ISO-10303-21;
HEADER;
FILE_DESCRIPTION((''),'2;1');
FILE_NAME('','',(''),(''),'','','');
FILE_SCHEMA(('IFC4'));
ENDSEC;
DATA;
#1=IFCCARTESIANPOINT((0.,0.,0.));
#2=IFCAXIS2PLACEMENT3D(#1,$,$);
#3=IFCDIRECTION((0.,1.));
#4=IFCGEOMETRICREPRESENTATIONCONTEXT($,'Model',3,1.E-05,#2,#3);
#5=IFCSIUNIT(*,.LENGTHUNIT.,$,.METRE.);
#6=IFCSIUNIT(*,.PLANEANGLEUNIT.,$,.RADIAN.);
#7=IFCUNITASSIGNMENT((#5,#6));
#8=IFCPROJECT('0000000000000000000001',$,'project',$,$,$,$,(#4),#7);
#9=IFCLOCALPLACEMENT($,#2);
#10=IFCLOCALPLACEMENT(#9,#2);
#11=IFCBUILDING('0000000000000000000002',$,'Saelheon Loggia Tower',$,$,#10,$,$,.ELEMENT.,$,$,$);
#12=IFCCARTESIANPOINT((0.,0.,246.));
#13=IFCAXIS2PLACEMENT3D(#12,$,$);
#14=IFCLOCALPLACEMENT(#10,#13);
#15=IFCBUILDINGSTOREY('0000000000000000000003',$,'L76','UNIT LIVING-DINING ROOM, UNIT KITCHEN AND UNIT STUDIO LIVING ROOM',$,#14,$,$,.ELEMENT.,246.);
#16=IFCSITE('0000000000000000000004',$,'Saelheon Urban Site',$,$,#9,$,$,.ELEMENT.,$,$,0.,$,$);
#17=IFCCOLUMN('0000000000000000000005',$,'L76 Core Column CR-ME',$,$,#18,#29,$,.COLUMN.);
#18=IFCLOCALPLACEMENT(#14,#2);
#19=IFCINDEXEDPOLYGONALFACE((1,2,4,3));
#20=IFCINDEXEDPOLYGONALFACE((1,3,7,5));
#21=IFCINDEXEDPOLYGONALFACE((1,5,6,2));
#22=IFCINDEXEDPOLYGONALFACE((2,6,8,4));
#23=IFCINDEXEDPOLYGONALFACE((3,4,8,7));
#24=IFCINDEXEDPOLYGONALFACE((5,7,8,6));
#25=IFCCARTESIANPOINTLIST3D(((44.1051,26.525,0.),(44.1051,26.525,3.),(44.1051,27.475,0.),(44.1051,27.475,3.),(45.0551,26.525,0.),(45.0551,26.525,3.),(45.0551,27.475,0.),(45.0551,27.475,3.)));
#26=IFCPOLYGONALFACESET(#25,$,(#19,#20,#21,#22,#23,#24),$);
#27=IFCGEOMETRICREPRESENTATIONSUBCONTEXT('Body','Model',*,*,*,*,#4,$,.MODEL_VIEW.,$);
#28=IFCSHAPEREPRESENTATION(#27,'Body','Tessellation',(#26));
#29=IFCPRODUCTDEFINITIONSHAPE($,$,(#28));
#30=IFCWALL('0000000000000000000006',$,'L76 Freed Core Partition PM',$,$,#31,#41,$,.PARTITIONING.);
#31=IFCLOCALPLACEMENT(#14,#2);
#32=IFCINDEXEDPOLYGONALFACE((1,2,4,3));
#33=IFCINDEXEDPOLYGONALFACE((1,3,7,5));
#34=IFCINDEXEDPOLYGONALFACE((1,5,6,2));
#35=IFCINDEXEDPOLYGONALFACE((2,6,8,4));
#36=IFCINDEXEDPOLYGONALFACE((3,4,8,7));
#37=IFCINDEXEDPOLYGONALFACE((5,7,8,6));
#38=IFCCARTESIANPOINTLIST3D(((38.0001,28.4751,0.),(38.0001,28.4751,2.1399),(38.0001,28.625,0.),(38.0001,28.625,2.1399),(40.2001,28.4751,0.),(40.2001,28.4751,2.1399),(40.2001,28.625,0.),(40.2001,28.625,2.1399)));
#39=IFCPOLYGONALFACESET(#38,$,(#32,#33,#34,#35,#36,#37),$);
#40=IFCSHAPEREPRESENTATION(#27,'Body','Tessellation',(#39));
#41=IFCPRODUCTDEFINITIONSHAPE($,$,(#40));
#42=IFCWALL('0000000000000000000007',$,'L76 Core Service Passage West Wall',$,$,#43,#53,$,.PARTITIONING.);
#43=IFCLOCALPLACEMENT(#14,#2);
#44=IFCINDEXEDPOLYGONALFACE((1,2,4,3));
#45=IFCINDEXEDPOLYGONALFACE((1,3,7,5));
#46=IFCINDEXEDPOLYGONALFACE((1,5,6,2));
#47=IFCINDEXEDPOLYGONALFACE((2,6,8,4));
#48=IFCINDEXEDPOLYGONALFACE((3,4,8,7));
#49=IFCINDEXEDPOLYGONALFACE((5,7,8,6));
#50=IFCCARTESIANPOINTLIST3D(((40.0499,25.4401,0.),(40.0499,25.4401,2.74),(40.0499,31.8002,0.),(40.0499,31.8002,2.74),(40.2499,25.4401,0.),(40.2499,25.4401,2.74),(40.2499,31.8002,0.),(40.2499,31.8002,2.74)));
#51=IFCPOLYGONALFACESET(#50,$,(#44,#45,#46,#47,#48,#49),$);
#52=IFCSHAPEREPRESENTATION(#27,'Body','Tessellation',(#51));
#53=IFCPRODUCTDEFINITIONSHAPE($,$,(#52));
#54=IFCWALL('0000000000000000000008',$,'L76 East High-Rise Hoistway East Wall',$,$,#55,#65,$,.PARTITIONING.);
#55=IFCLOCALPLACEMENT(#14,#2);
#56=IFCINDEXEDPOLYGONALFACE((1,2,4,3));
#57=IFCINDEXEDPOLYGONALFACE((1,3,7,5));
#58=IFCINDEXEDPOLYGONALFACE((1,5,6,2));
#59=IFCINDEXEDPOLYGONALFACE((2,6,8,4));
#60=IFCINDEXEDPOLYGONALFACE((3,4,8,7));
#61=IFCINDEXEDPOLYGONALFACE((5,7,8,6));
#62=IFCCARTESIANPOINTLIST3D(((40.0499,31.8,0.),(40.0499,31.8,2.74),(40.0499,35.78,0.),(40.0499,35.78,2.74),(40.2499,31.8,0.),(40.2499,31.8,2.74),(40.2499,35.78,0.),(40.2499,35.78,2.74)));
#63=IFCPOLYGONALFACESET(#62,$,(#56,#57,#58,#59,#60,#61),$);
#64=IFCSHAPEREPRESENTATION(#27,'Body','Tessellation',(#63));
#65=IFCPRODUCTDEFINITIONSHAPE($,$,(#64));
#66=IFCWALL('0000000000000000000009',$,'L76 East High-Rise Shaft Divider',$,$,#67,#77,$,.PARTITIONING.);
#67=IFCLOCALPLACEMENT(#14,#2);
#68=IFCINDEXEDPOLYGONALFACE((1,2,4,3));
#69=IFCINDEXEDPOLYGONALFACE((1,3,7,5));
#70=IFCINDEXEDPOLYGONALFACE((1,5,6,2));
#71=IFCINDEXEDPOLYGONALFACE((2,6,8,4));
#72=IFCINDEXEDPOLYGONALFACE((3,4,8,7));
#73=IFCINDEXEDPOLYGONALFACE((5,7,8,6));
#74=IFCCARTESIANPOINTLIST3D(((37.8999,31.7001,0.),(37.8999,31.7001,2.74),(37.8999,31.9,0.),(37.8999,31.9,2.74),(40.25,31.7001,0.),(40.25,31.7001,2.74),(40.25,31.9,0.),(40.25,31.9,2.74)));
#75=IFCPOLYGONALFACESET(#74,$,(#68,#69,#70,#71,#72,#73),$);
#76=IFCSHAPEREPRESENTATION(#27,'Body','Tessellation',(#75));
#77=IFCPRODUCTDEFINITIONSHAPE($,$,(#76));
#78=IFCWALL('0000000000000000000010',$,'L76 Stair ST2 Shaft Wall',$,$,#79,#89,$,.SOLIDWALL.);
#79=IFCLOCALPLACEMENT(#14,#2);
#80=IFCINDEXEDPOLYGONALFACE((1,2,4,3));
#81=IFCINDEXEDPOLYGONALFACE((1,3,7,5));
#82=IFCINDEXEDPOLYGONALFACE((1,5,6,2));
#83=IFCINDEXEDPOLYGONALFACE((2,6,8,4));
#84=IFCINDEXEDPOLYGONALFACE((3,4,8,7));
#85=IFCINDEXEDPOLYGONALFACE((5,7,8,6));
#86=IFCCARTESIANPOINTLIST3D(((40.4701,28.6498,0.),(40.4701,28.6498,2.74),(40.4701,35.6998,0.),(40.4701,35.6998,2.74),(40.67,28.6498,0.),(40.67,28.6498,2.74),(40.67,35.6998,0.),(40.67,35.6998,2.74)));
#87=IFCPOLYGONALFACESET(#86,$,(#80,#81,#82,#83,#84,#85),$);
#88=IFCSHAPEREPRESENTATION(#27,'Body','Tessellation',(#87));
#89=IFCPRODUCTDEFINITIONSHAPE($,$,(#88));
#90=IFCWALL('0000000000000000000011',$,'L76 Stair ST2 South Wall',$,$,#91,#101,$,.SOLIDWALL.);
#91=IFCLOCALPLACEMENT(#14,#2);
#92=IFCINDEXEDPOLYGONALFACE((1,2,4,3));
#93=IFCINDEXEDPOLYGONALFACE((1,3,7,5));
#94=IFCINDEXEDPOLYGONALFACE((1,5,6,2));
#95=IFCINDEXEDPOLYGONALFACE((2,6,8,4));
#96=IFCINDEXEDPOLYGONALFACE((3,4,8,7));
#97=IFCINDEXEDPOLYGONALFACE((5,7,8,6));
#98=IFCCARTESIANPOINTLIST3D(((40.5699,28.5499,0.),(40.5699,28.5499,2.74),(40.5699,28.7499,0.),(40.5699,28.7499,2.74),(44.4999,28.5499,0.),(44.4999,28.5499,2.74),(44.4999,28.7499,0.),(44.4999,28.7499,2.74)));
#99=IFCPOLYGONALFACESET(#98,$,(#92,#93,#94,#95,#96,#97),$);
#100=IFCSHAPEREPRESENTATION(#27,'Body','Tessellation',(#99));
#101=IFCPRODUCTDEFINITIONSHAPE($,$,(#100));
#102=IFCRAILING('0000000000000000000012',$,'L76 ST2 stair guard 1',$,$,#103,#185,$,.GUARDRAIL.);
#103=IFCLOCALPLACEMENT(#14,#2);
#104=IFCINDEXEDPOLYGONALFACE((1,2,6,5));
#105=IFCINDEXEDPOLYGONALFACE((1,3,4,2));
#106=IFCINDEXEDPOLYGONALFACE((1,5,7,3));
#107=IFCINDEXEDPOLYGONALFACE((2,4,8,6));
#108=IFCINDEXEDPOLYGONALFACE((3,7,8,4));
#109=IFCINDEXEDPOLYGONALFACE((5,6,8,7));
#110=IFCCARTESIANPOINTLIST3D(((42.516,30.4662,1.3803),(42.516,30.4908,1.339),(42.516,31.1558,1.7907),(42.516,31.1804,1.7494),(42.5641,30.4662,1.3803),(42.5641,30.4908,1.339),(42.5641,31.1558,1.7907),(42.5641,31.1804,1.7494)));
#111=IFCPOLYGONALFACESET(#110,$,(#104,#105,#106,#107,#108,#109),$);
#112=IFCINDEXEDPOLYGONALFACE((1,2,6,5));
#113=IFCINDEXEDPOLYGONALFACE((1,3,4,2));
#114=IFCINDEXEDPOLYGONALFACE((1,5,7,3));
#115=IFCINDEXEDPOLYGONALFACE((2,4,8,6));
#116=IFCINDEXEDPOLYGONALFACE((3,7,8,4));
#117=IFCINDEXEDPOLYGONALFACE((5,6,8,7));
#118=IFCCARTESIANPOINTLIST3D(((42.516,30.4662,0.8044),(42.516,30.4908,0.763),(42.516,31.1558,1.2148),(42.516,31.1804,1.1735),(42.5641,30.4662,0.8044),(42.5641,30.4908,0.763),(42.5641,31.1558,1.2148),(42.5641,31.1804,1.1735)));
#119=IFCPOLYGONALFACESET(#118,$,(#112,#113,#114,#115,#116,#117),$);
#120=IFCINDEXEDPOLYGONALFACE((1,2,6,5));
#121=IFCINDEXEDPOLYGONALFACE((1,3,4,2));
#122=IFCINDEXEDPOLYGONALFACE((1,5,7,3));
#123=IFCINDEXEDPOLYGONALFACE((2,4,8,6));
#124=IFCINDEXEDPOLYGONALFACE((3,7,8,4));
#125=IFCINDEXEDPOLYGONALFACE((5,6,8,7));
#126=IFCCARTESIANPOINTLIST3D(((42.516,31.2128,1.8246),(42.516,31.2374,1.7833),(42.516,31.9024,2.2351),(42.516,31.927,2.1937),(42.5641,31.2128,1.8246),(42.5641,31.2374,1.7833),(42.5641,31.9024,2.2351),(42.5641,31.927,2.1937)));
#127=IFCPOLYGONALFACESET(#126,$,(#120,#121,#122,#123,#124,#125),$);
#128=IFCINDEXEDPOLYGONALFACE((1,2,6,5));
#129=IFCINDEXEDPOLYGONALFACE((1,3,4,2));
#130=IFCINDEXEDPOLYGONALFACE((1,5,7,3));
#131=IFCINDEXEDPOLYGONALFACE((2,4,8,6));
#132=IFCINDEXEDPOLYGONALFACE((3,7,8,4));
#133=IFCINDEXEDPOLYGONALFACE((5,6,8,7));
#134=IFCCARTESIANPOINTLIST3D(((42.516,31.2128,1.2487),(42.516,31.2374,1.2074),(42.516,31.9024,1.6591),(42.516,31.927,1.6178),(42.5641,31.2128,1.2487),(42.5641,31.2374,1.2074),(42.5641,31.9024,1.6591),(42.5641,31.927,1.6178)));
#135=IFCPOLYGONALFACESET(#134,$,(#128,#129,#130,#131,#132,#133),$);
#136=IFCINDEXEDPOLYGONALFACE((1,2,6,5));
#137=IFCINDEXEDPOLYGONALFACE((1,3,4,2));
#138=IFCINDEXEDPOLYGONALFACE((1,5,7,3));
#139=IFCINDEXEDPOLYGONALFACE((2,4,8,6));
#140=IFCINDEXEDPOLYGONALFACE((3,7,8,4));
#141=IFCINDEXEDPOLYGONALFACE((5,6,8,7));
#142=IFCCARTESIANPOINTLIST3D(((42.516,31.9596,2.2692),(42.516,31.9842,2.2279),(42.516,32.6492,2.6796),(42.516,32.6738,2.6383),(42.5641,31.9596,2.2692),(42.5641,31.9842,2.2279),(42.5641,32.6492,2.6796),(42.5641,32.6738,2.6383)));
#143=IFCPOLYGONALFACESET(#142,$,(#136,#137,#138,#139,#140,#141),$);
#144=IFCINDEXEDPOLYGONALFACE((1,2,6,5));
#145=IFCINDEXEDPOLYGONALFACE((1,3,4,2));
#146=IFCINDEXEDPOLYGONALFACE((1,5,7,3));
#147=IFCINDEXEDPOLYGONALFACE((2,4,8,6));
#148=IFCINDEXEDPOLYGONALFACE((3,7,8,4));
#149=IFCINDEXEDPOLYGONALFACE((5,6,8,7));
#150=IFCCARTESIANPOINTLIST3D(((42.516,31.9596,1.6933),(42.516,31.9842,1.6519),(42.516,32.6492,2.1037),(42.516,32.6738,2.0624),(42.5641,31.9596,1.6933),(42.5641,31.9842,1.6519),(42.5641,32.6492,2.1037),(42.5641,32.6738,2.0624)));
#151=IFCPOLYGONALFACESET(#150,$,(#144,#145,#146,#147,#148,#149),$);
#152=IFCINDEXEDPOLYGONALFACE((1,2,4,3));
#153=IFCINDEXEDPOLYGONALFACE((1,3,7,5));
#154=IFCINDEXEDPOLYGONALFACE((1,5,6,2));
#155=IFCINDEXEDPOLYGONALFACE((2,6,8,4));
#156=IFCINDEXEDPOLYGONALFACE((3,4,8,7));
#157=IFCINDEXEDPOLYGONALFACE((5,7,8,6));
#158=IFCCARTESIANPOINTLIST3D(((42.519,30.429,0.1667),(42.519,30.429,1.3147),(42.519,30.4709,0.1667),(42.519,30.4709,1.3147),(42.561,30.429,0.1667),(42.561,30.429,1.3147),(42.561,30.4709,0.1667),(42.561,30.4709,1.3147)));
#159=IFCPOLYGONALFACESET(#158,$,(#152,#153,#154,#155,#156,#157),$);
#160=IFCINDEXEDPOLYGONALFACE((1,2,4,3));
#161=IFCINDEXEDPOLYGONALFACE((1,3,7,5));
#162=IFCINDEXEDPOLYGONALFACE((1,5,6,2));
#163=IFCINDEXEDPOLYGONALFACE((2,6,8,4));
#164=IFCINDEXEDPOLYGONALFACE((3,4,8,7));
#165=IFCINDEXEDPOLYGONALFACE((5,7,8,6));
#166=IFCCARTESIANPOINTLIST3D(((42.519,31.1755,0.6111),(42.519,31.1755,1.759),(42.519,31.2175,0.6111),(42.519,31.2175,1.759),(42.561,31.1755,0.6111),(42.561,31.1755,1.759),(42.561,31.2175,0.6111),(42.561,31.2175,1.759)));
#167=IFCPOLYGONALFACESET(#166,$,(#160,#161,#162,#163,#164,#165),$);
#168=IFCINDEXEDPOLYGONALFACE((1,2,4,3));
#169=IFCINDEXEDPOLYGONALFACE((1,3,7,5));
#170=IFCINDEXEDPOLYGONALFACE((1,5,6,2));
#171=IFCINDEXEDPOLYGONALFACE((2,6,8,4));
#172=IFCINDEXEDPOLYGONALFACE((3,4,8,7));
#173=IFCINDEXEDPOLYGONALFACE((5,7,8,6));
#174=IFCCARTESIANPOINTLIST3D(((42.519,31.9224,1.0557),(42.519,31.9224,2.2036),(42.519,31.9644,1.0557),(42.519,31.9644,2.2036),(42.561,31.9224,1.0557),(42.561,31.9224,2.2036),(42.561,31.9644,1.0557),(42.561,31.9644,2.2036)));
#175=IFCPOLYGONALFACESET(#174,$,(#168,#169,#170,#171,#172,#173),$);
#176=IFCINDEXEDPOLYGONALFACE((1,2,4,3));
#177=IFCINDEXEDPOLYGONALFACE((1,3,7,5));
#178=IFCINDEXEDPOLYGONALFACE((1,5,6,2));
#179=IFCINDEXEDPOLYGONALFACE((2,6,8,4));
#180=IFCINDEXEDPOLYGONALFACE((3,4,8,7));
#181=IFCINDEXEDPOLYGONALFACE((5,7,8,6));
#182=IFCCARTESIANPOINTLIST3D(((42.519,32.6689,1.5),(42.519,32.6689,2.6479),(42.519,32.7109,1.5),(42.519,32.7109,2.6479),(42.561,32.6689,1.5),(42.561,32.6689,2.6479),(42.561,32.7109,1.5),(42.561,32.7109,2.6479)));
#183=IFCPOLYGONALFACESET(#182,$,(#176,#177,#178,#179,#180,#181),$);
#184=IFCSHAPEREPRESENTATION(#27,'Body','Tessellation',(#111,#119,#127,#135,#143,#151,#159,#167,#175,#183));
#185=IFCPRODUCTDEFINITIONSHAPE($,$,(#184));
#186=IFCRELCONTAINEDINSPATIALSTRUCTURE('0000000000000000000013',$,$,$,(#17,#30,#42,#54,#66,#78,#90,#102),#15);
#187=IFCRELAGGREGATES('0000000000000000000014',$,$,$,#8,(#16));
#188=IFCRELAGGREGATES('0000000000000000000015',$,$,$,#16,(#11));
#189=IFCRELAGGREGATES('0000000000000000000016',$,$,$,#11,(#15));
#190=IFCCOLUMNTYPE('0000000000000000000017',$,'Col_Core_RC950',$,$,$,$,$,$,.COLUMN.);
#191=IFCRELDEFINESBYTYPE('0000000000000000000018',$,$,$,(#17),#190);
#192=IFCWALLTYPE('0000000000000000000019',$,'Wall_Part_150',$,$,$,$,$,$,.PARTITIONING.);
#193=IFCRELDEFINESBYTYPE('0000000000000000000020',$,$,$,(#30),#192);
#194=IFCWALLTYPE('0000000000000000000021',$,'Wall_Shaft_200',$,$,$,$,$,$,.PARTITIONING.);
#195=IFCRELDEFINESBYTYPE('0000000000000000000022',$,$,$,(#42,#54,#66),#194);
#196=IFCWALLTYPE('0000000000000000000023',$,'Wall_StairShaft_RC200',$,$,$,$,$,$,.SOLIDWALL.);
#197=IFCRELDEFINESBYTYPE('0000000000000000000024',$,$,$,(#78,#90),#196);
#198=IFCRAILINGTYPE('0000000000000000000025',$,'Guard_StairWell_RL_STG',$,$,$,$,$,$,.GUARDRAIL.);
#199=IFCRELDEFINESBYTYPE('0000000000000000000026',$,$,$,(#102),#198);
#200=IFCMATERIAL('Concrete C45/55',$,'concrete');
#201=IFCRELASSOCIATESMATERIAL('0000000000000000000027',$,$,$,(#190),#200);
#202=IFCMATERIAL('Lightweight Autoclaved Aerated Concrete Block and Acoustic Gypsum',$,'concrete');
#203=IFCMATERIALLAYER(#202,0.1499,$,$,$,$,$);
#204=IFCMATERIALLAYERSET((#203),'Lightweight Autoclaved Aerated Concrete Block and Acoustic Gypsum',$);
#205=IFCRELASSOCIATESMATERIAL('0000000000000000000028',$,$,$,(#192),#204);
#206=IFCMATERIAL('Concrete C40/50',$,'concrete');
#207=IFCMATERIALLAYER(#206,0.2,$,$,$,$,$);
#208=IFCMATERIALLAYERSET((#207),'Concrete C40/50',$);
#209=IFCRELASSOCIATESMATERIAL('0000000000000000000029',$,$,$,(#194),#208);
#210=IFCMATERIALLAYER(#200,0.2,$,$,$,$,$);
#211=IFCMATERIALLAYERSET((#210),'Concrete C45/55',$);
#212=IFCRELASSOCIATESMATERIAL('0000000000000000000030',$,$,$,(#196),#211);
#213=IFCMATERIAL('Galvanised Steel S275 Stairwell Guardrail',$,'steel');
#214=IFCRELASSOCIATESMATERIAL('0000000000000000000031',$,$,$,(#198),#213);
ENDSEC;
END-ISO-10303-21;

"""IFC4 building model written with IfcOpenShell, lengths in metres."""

from ifc_helpers import new_model, si_unit, direction, frame, frame_2d, origin, origin_2d, place, context, subcontext, project, spatial, rectangle, extrude, source, transform, mapped, material, layer, layer_set, material_profile, profile_set, type_object, element, save


model = new_model("IFC4")

# Units and contexts
model_context = context("Model", 3, precision=1e-05, world=origin(), true_north=direction((0.0, 1.0)))
body_context = subcontext(model_context, "Body", "Model", "MODEL_VIEW")
ifc_project = project(units=[si_unit("LENGTHUNIT", "METRE"), si_unit("PLANEANGLEUNIT", "RADIAN")], contexts=[model_context])

# Site, building, storey
site_placement = place(None, origin())
site = spatial("IfcSite", under=ifc_project, at=site_placement, Name="Saelheon Urban Site", CompositionType="ELEMENT", RefElevation=0.0)
building_placement = place(site_placement, origin())
building = spatial("IfcBuilding", under=site, at=building_placement, Name="Saelheon Loggia Tower", CompositionType="ELEMENT")
storey_placement = place(building_placement, frame((0.0, 0.0, 246.0)))
storey = spatial("IfcBuildingStorey", under=building, at=storey_placement, Name="L76", Description="UNIT LIVING-DINING ROOM, UNIT KITCHEN AND UNIT STUDIO LIVING ROOM", CompositionType="ELEMENT", Elevation=246.0)

# Column
ifc_material_1 = material(Name="Concrete C45/55", Category="concrete")
ifc_material_profile = material_profile(ifc_material_1, rectangle(XDim=0.95, YDim=0.95, at=origin_2d()), Name="RC-950x950")
ifc_profile_set = profile_set([ifc_material_profile], Name="Concrete C45/55")
column_type = type_object("IfcColumnType", Name="Col_Core_RC950", PredefinedType="COLUMN", material=ifc_profile_set)
shared_shape_1 = source(origin(), body_context, "Body", "SweptSolid", [
    extrude(rectangle(XDim=0.95, YDim=0.95, at=origin_2d()), origin(), (0.0, 0.0, 1.0), 3.0),
])
column_placement = place(storey_placement, frame((44.5801, 27.0, 0.0), z_axis=(0.0, 0.0, 1.0), x_axis=(1.0, 0.0, 0.0)))
element("IfcColumn", 1, at=column_placement, inside=storey, type_object=column_type, Name="L76 Core Column CR-ME", PredefinedType="COLUMN", context=body_context, shape_type="MappedRepresentation", body=[
    mapped(shared_shape_1, transform((0.0, 0.0, 0.0), scale=1.0)),
])

# Walls
ifc_material_2 = material(Name="Lightweight Autoclaved Aerated Concrete Block and Acoustic Gypsum", Category="concrete")
ifc_layer_1 = layer(ifc_material_2, 0.1499)
ifc_layer_set_1 = layer_set([ifc_layer_1], Name="Lightweight Autoclaved Aerated Concrete Block and Acoustic Gypsum")
wall_type_1 = type_object("IfcWallType", Name="Wall_Part_150", PredefinedType="PARTITIONING", material=ifc_layer_set_1)
wall_1_placement = place(storey_placement, frame((38.0, 28.55, 0.0), z_axis=(0.0, 0.0, 1.0), x_axis=(1.0, 0.0, 0.0)))
element("IfcWall", 2, at=wall_1_placement, inside=storey, type_object=wall_type_1, Name="L76 Freed Core Partition PM", PredefinedType="PARTITIONING", context=body_context, shape_type="SweptSolid", body=[
    extrude(rectangle(XDim=2.2, YDim=0.1499, at=frame_2d((1.1001, 0.0))), origin(), (0.0, 0.0, 1.0), 2.1399),
])
ifc_material_3 = material(Name="Concrete C40/50", Category="concrete")
ifc_layer_2 = layer(ifc_material_3, 0.2)
ifc_layer_set_2 = layer_set([ifc_layer_2], Name="Concrete C40/50")
wall_type_2 = type_object("IfcWallType", Name="Wall_Shaft_200", PredefinedType="PARTITIONING", material=ifc_layer_set_2)
wall_2_placement = place(storey_placement, frame((40.1499, 25.4399, 0.0), z_axis=(0.0, 0.0, 1.0), x_axis=(0.0, 1.0, 0.0)))
element("IfcWall", 3, at=wall_2_placement, inside=storey, type_object=wall_type_2, Name="L76 Core Service Passage West Wall", PredefinedType="PARTITIONING", context=body_context, shape_type="SweptSolid", body=[
    extrude(rectangle(XDim=6.3601, YDim=0.2, at=frame_2d((3.1802, 0.0))), origin(), (0.0, 0.0, 1.0), 2.74),
])
wall_3_placement = place(storey_placement, frame((40.1499, 31.8, 0.0), z_axis=(0.0, 0.0, 1.0), x_axis=(0.0, 1.0, 0.0)))
element("IfcWall", 4, at=wall_3_placement, inside=storey, type_object=wall_type_2, Name="L76 East High-Rise Hoistway East Wall", PredefinedType="PARTITIONING", context=body_context, shape_type="SweptSolid", body=[
    extrude(rectangle(XDim=3.98, YDim=0.2, at=frame_2d((1.99, 0.0))), origin(), (0.0, 0.0, 1.0), 2.74),
])

# Walls
wall_4_placement = place(storey_placement, frame((37.8999, 31.8, 0.0), z_axis=(0.0, 0.0, 1.0), x_axis=(1.0, 0.0, 0.0)))
element("IfcWall", 5, at=wall_4_placement, inside=storey, type_object=wall_type_2, Name="L76 East High-Rise Shaft Divider", PredefinedType="PARTITIONING", context=body_context, shape_type="SweptSolid", body=[
    extrude(rectangle(XDim=2.3501, YDim=0.2, at=frame_2d((1.175, 0.0))), origin(), (0.0, 0.0, 1.0), 2.74),
])
ifc_layer_3 = layer(ifc_material_1, 0.2)
ifc_layer_set_3 = layer_set([ifc_layer_3], Name="Concrete C45/55")
wall_type_3 = type_object("IfcWallType", Name="Wall_StairShaft_RC200", PredefinedType="SOLIDWALL", material=ifc_layer_set_3)
wall_5_placement = place(storey_placement, frame((40.5701, 28.6499, 0.0), z_axis=(0.0, 0.0, 1.0), x_axis=(0.0, 1.0, 0.0)))
element("IfcWall", 6, at=wall_5_placement, inside=storey, type_object=wall_type_3, Name="L76 Stair ST2 Shaft Wall", PredefinedType="SOLIDWALL", context=body_context, shape_type="SweptSolid", body=[
    extrude(rectangle(XDim=7.05, YDim=0.2, at=frame_2d((3.5249, 0.0))), origin(), (0.0, 0.0, 1.0), 2.74),
])
wall_6_placement = place(storey_placement, frame((40.5701, 28.6499, 0.0), z_axis=(0.0, 0.0, 1.0), x_axis=(1.0, 0.0, 0.0)))
element("IfcWall", 7, at=wall_6_placement, inside=storey, type_object=wall_type_3, Name="L76 Stair ST2 South Wall", PredefinedType="SOLIDWALL", context=body_context, shape_type="SweptSolid", body=[
    extrude(rectangle(XDim=3.9299, YDim=0.2, at=frame_2d((1.9648, 0.0))), origin(), (0.0, 0.0, 1.0), 2.74),
])

# Railing
ifc_material_4 = material(Name="Galvanised Steel S275 Stairwell Guardrail", Category="steel")
railing_type_1 = type_object("IfcRailingType", Name="Guard_StairWell_RL_STG", PredefinedType="GUARDRAIL", material=ifc_material_4)
railing_1_placement = place(storey_placement, frame((42.54, 30.45, 0.1667)))
element("IfcRailing", 8, at=railing_1_placement, inside=storey, type_object=railing_type_1, Name="L76 ST2 stair guard 1", PredefinedType="GUARDRAIL", context=body_context, shape_type="SweptSolid", body=[
    extrude(rectangle(XDim=0.0481, YDim=0.0481, at=origin_2d()), frame((0.0, 0.0286, 1.1929), z_axis=(0.0, 0.859306, 0.511462), x_axis=(-1.0, 0.0, 0.0)), (0.0, 0.0, 1.0), 0.8025),
    extrude(rectangle(XDim=0.0481, YDim=0.0481, at=origin_2d()), frame((0.0, 0.0286, 0.6169), z_axis=(0.0, 0.859306, 0.511462), x_axis=(-1.0, 0.0, 0.0)), (0.0, 0.0, 1.0), 0.8025),
    extrude(rectangle(XDim=0.0481, YDim=0.0481, at=origin_2d()), frame((0.0, 0.7751, 1.6372), z_axis=(0.0, 0.859306, 0.511462), x_axis=(-1.0, 0.0, 0.0)), (0.0, 0.0, 1.0), 0.8025),
    extrude(rectangle(XDim=0.0481, YDim=0.0481, at=origin_2d()), frame((0.0, 0.7751, 1.0613), z_axis=(0.0, 0.859306, 0.511462), x_axis=(-1.0, 0.0, 0.0)), (0.0, 0.0, 1.0), 0.8025),
    extrude(rectangle(XDim=0.0481, YDim=0.0481, at=origin_2d()), frame((0.0, 1.522, 2.0818), z_axis=(0.0, 0.859306, 0.511462), x_axis=(-1.0, 0.0, 0.0)), (0.0, 0.0, 1.0), 0.8025),
    extrude(rectangle(XDim=0.0481, YDim=0.0481, at=origin_2d()), frame((0.0, 1.522, 1.5059), z_axis=(0.0, 0.859306, 0.511462), x_axis=(-1.0, 0.0, 0.0)), (0.0, 0.0, 1.0), 0.8025),
    extrude(rectangle(XDim=0.042, YDim=0.042, at=origin_2d()), origin(), (0.0, 0.0, 1.0), 1.1479),
    extrude(rectangle(XDim=0.042, YDim=0.042, at=origin_2d()), frame((0.0, 0.7466, 0.4443)), (0.0, 0.0, 1.0), 1.1479),
    extrude(rectangle(XDim=0.042, YDim=0.042, at=origin_2d()), frame((0.0, 1.4934, 0.8889)), (0.0, 0.0, 1.0), 1.1479),
    extrude(rectangle(XDim=0.042, YDim=0.042, at=origin_2d()), frame((0.0, 2.24, 1.3333)), (0.0, 0.0, 1.0), 1.1479),
])

save(model, "model.ifc")
